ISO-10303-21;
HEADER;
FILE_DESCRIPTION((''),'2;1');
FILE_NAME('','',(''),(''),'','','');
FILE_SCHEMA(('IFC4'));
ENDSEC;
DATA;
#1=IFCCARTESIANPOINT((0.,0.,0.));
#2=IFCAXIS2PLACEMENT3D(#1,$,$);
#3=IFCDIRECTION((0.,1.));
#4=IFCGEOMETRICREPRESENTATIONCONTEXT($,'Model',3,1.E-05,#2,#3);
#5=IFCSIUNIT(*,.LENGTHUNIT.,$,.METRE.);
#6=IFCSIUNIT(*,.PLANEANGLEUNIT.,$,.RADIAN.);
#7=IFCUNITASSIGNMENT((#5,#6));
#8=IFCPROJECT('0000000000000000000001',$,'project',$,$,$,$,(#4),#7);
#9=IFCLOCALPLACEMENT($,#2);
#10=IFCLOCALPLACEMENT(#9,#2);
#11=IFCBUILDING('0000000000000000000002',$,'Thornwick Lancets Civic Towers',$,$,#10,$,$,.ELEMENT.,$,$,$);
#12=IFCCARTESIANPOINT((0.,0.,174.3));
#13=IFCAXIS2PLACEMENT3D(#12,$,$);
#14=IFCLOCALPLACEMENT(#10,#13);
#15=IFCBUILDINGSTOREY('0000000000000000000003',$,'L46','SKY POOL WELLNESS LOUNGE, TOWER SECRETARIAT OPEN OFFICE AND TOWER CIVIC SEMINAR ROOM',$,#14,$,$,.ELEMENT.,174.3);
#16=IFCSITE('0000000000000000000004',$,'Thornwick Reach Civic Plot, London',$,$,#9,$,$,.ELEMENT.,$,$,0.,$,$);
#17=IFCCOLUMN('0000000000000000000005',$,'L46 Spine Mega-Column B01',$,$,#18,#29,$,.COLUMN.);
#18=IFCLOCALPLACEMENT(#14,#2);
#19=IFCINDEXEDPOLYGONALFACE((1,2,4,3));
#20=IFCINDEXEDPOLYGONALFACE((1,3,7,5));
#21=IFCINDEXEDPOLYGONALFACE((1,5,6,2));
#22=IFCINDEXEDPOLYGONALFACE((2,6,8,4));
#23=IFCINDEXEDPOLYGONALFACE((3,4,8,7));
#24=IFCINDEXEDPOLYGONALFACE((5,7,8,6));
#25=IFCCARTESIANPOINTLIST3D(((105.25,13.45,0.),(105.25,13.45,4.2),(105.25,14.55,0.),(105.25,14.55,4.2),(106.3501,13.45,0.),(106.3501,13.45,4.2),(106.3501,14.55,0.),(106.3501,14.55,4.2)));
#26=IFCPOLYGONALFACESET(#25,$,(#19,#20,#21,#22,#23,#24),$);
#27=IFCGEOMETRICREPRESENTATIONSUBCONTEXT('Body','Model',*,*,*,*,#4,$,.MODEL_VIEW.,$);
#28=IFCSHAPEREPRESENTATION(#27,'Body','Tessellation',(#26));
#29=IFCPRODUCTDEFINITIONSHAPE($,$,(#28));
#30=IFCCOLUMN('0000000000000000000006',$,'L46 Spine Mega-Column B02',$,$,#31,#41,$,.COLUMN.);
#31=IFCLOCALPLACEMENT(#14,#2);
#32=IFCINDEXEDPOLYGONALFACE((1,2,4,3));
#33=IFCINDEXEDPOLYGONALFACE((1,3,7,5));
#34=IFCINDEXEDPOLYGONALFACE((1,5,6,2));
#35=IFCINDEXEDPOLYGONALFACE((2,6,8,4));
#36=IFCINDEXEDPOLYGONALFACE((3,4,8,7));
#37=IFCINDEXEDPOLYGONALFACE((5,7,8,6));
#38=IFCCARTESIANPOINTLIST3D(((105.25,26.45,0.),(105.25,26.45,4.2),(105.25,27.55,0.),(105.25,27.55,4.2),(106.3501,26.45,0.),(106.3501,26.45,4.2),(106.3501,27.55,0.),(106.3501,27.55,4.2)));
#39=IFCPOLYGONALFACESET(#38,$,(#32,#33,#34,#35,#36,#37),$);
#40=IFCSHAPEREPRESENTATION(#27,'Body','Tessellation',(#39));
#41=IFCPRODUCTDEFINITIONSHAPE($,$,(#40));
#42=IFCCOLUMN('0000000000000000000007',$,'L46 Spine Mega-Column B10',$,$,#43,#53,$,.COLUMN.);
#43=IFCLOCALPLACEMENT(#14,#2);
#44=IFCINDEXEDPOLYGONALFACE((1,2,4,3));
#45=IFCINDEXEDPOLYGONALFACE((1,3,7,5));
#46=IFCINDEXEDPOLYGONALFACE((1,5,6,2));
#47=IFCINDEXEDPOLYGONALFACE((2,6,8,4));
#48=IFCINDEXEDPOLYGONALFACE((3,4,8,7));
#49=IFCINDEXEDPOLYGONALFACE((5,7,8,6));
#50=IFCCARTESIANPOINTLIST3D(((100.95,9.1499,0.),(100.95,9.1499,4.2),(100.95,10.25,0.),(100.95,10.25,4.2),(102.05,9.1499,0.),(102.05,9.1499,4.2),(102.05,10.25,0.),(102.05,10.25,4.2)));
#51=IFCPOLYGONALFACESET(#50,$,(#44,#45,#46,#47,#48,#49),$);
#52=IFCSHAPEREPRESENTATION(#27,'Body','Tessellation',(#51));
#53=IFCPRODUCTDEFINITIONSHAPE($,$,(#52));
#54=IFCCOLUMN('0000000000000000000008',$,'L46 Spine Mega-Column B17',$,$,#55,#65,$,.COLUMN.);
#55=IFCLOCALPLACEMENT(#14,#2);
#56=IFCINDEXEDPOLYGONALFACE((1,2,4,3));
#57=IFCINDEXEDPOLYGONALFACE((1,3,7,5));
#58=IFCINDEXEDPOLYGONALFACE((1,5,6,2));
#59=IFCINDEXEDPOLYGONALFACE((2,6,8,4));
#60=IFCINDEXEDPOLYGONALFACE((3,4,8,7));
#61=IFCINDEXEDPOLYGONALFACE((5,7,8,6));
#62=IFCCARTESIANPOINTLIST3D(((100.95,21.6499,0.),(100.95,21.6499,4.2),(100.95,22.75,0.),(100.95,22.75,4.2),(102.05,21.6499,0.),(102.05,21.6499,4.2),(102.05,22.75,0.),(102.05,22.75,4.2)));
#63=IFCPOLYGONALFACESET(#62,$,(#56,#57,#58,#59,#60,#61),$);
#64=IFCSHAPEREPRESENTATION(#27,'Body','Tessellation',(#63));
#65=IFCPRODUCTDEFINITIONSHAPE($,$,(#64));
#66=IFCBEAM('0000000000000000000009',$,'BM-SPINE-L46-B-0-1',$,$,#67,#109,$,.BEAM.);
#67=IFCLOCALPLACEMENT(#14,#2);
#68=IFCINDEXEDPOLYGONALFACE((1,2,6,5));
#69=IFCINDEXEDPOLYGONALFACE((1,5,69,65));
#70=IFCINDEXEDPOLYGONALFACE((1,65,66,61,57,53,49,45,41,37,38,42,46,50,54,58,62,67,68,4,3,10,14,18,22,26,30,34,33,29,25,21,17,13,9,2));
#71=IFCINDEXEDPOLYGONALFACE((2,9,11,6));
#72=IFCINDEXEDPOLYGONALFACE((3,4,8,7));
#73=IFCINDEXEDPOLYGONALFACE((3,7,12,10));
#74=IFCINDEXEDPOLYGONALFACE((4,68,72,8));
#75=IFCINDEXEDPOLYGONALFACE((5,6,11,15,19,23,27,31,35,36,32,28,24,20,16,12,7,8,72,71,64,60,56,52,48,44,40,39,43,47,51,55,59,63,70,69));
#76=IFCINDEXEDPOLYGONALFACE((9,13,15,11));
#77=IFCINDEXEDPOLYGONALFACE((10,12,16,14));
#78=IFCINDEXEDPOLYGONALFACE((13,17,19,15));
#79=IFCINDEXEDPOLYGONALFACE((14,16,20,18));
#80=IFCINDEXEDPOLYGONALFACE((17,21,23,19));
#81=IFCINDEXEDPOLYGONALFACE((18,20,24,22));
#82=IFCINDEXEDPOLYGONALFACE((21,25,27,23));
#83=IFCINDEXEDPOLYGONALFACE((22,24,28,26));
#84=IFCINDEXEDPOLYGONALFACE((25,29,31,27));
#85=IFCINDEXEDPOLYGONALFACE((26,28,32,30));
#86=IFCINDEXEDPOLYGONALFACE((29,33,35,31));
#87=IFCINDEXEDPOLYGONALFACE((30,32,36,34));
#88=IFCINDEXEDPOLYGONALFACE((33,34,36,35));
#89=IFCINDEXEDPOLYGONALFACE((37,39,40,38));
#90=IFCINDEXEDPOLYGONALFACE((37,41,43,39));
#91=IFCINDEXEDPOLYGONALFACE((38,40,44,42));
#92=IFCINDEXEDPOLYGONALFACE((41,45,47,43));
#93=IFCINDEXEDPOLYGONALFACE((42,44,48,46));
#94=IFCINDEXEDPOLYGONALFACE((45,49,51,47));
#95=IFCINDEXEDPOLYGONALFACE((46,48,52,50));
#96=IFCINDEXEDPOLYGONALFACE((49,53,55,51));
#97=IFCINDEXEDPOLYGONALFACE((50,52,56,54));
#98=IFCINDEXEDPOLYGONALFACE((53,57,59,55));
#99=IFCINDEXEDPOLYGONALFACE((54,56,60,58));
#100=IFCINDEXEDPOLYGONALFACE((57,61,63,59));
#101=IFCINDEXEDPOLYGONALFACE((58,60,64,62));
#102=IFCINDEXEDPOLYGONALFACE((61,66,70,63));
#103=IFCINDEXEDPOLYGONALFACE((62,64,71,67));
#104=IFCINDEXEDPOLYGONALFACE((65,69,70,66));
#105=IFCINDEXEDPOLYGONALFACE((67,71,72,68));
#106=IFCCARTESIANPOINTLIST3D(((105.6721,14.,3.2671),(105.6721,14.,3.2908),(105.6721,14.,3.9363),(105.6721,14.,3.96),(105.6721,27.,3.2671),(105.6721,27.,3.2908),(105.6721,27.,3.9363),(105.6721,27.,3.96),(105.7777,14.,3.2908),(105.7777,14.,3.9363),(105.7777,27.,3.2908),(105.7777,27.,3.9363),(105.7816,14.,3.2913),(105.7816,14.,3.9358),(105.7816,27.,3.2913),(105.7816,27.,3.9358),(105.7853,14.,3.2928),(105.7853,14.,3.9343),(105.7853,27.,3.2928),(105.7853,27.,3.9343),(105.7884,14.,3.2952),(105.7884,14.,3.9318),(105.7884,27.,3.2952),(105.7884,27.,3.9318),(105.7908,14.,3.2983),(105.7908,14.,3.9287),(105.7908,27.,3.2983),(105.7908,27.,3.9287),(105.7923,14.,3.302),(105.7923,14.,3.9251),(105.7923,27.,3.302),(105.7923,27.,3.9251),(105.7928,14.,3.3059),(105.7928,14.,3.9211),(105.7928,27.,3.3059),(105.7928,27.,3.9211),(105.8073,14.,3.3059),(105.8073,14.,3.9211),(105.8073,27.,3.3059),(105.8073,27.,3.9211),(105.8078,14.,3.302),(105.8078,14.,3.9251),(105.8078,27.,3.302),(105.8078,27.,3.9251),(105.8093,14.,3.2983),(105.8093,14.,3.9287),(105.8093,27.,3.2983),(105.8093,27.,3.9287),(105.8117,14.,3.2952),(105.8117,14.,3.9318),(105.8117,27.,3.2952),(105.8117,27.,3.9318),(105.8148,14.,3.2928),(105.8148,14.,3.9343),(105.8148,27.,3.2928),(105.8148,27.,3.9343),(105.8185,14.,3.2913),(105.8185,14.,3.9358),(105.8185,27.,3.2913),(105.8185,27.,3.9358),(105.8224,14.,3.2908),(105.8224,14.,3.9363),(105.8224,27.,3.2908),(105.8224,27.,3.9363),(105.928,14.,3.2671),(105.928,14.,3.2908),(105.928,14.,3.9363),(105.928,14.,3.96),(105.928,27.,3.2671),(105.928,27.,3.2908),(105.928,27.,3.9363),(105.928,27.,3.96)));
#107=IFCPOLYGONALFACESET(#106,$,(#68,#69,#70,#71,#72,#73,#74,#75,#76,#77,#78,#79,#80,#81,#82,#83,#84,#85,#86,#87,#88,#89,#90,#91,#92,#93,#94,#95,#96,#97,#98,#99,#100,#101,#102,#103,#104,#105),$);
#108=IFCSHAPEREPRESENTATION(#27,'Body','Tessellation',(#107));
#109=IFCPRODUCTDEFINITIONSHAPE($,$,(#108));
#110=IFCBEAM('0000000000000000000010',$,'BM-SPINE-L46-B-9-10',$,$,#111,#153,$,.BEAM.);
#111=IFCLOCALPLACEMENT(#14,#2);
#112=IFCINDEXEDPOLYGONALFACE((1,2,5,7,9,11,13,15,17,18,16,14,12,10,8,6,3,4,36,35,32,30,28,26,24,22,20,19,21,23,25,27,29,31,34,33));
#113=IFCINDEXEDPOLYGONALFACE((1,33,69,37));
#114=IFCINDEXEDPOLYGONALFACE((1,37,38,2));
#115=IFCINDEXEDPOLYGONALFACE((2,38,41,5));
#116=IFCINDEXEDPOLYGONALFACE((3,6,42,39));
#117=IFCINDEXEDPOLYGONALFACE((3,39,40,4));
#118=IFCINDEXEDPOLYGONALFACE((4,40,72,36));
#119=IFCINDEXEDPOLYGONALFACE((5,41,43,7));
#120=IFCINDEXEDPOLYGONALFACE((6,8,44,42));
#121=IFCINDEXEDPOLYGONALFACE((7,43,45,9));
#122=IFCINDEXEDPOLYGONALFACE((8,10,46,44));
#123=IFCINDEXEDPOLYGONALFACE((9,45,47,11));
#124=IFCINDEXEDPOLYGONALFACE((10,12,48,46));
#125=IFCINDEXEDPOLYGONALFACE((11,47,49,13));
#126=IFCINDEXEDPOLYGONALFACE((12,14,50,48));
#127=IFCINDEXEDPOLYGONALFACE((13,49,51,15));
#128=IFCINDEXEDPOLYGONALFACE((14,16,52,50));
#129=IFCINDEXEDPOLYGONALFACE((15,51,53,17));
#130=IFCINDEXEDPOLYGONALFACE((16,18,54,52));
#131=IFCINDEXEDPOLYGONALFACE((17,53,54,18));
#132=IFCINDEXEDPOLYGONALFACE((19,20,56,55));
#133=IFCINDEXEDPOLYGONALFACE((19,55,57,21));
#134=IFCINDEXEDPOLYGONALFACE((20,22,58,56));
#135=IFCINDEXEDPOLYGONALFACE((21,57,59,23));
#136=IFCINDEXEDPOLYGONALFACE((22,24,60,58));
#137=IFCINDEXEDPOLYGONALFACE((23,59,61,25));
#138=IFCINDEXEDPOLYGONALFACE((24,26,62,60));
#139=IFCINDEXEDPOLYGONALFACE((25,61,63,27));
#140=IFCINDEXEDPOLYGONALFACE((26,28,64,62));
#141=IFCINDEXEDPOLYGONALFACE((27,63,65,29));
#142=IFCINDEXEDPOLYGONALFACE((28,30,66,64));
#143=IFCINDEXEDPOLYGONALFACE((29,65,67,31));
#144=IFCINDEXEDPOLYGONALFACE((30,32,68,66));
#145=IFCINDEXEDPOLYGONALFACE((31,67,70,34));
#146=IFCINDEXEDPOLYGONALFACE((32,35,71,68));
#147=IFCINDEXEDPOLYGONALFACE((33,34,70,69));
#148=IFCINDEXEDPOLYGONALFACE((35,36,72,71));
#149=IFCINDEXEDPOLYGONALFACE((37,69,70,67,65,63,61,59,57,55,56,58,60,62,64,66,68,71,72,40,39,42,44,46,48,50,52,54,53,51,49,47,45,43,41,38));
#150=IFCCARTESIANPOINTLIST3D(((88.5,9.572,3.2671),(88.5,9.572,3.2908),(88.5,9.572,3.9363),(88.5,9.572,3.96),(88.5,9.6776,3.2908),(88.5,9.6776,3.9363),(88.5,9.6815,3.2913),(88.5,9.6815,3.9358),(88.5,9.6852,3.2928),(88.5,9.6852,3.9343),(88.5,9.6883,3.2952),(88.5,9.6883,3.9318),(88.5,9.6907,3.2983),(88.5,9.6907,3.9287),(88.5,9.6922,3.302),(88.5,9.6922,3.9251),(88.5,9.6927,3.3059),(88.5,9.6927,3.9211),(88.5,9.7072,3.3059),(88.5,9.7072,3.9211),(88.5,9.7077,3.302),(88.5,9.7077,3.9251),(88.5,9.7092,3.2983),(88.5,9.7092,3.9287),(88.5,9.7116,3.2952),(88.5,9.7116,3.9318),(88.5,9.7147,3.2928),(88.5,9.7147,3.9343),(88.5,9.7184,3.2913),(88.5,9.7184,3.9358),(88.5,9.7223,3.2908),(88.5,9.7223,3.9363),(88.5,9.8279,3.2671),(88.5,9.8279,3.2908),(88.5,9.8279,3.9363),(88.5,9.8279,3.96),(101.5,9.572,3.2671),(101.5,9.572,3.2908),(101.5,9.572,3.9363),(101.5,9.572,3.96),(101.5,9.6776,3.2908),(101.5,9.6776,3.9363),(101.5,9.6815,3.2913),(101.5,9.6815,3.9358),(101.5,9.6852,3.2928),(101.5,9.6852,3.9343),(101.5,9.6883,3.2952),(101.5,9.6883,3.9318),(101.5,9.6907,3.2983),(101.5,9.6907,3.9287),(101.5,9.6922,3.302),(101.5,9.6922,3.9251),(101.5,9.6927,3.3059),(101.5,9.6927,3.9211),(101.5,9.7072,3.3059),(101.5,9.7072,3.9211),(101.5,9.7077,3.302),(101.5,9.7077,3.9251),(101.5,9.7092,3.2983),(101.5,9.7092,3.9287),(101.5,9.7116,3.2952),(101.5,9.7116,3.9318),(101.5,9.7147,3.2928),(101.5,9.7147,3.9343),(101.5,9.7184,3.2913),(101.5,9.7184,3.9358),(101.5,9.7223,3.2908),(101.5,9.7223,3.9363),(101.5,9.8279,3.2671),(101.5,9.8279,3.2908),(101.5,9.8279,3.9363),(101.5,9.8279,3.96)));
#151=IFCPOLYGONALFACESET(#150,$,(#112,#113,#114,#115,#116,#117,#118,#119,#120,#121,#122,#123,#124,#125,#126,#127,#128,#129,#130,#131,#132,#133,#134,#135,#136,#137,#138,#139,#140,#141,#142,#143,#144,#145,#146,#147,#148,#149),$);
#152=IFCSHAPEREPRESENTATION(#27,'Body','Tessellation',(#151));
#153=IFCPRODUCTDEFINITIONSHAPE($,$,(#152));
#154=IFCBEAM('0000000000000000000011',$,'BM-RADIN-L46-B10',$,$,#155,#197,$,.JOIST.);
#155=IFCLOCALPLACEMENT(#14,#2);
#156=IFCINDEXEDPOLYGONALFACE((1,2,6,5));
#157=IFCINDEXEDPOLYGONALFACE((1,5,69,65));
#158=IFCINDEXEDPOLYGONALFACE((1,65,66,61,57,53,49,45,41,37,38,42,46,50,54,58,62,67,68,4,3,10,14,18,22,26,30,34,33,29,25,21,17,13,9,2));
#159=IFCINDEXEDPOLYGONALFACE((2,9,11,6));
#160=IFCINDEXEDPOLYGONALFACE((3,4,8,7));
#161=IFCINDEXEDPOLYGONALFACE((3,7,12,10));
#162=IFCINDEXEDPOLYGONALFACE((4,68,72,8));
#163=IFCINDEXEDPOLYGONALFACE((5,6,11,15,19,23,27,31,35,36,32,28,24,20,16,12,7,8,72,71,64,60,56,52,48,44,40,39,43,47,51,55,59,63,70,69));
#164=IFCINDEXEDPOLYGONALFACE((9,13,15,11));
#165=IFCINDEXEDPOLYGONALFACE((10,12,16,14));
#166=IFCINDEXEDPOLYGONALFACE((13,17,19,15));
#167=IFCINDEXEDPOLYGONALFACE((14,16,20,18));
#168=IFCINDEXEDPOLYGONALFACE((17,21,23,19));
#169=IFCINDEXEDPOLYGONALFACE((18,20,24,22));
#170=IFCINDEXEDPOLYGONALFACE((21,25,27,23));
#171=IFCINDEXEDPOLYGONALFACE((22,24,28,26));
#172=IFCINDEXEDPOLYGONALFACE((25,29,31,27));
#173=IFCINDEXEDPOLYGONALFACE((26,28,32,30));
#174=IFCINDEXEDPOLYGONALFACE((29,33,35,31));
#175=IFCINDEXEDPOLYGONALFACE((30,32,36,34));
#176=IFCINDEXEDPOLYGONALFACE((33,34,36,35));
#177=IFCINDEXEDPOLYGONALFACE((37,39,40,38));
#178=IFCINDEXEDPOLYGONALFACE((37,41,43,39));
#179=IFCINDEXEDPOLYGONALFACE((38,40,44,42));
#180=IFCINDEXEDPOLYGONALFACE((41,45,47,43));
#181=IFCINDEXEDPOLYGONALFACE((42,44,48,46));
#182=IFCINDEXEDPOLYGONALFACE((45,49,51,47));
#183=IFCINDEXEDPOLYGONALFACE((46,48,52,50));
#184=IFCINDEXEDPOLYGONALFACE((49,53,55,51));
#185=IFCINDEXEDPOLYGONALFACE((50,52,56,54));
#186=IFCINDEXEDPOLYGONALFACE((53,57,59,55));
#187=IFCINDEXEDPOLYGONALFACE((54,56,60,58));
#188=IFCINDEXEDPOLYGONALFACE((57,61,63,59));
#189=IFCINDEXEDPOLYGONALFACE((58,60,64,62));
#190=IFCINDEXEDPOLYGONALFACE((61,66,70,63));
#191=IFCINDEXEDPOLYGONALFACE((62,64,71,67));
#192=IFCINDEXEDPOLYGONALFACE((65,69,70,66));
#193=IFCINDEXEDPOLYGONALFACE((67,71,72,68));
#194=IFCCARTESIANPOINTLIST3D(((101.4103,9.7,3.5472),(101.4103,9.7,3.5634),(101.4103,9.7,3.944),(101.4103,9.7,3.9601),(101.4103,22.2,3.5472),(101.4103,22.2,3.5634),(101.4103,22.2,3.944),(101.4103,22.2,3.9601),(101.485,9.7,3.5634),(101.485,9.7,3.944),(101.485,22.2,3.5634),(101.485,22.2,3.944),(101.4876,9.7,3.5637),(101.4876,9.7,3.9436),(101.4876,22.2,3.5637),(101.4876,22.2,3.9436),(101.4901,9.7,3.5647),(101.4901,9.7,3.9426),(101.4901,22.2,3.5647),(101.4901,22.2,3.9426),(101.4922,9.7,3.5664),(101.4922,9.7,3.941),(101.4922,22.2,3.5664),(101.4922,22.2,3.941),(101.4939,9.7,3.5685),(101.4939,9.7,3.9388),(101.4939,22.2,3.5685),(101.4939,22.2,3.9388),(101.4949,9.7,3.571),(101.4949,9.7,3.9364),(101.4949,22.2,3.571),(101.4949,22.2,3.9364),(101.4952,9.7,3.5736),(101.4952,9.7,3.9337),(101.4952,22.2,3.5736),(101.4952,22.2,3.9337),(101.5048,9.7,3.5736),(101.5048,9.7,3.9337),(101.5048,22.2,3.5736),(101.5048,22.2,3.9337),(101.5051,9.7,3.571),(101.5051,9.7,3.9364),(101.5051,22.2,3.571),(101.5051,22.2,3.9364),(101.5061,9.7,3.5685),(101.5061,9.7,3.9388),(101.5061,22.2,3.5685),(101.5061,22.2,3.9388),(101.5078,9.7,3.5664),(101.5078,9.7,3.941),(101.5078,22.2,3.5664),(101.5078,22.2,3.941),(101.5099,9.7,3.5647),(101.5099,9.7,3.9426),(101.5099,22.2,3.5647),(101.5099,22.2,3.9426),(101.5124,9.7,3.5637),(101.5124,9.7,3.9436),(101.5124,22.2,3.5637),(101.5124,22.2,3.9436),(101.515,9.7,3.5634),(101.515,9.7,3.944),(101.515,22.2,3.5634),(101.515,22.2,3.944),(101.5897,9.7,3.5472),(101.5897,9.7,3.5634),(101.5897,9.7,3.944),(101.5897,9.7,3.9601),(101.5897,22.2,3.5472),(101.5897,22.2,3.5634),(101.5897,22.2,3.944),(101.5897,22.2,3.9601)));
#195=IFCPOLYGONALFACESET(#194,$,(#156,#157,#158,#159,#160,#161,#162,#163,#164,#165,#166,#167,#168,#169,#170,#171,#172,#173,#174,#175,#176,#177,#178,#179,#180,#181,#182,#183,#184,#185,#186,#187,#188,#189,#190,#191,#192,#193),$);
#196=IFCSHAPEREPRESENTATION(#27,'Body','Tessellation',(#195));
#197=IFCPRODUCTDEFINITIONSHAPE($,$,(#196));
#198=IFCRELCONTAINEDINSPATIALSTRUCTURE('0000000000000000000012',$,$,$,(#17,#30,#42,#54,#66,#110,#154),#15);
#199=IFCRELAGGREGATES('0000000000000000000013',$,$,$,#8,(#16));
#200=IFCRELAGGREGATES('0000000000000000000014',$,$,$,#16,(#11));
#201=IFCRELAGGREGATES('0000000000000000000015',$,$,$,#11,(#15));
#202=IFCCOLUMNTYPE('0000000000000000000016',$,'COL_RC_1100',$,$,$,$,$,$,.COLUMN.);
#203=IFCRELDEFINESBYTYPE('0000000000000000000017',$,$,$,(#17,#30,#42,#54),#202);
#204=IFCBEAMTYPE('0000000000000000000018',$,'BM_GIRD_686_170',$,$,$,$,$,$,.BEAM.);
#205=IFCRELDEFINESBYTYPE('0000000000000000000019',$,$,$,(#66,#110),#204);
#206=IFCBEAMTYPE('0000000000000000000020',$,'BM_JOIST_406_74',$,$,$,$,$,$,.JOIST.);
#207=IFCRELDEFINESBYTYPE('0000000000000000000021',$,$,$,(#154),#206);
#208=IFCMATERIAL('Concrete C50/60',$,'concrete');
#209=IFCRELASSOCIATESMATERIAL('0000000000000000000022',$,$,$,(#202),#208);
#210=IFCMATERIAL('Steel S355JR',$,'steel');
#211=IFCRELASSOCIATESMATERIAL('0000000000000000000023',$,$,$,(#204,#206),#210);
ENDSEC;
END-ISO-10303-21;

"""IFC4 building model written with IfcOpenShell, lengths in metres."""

from ifc_helpers import new_model, si_unit, direction, frame, origin, origin_2d, place, context, subcontext, project, spatial, rectangle, i_section, extrude, material, material_profile, profile_set, type_object, element, save


model = new_model("IFC4")

# Units and contexts
model_context = context("Model", 3, precision=1e-05, world=origin(), true_north=direction((0.0, 1.0)))
body_context = subcontext(model_context, "Body", "Model", "MODEL_VIEW")
ifc_project = project(units=[si_unit("LENGTHUNIT", "METRE"), si_unit("PLANEANGLEUNIT", "RADIAN")], contexts=[model_context])

# Site, building, storey
site_placement = place(None, origin())
site = spatial("IfcSite", under=ifc_project, at=site_placement, Name="Thornwick Reach Civic Plot, London", CompositionType="ELEMENT", RefElevation=0.0)
building_placement = place(site_placement, origin())
building = spatial("IfcBuilding", under=site, at=building_placement, Name="Thornwick Lancets Civic Towers", CompositionType="ELEMENT")
storey_placement = place(building_placement, frame((0.0, 0.0, 174.3)))
storey = spatial("IfcBuildingStorey", under=building, at=storey_placement, Name="L46", Description="SKY POOL WELLNESS LOUNGE, TOWER SECRETARIAT OPEN OFFICE AND TOWER CIVIC SEMINAR ROOM", CompositionType="ELEMENT", Elevation=174.3)

# Columns
ifc_material_1 = material(Name="Concrete C50/60", Category="concrete")
ifc_material_profile_1 = material_profile(ifc_material_1, rectangle(XDim=1.1001, YDim=1.1001, at=origin_2d()), Name="RC 1100x1100")
ifc_profile_set_1 = profile_set([ifc_material_profile_1], Name="Concrete C50/60")
column_type = type_object("IfcColumnType", Name="COL_RC_1100", PredefinedType="COLUMN", material=ifc_profile_set_1)
for number, where, z_axis, x_axis, name in (
    (1, (105.8, 14.0, 0.0), (0.0, 0.0, 1.0), (1.0, 0.0, 0.0), "L46 Spine Mega-Column B01"),
    (2, (105.8, 27.0, 0.0), (0.0, 0.0, 1.0), (1.0, 0.0, 0.0), "L46 Spine Mega-Column B02"),
    (3, (101.5, 9.7, 0.0), (0.0, 0.0, 1.0), (1.0, 0.0, 0.0), "L46 Spine Mega-Column B10"),
    (4, (101.5, 22.2, 0.0), (0.0, 0.0, 1.0), (1.0, 0.0, 0.0), "L46 Spine Mega-Column B17"),
):
    element("IfcColumn", number, at=place(storey_placement, frame(where, z_axis=z_axis, x_axis=x_axis)), inside=storey, type_object=column_type, Name=name, PredefinedType="COLUMN", context=body_context, shape_type="SweptSolid", body=[
        extrude(rectangle(XDim=1.1001, YDim=1.1001, at=origin_2d()), origin(), (0.0, 0.0, 1.0), 4.2),
    ])

# Beams
ifc_material_2 = material(Name="Steel S355JR", Category="steel")
ifc_material_profile_2 = material_profile(ifc_material_2, i_section(OverallWidth=0.2559, OverallDepth=0.6929, WebThickness=0.0144, FlangeThickness=0.0237, FilletRadius=0.0151, at=origin_2d()), Name="UKB 686x254x170")
ifc_profile_set_2 = profile_set([ifc_material_profile_2], Name="Steel S355JR")
beam_type_1 = type_object("IfcBeamType", Name="BM_GIRD_686_170", PredefinedType="BEAM", material=ifc_profile_set_2)
for number, where, z_axis, x_axis, name in (
    (5, (105.8, 14.0, 3.6135), (0.0, 1.0, 0.0), (-1.0, 0.0, 0.0), "BM-SPINE-L46-B-0-1"),
    (6, (101.5, 9.7, 3.6135), (-1.0, 0.0, 0.0), (0.0, -1.0, 0.0), "BM-SPINE-L46-B-9-10"),
):
    element("IfcBeam", number, at=place(storey_placement, frame(where, z_axis=z_axis, x_axis=x_axis)), inside=storey, type_object=beam_type_1, Name=name, PredefinedType="BEAM", context=body_context, shape_type="SweptSolid", body=[
        extrude(i_section(OverallWidth=0.2559, OverallDepth=0.6929, WebThickness=0.0144, FlangeThickness=0.0237, FilletRadius=0.0151, at=origin_2d()), origin(), (0.0, 0.0, 1.0), 13.0),
    ])
ifc_material_profile_3 = material_profile(ifc_material_2, i_section(OverallWidth=0.1794, OverallDepth=0.4128, WebThickness=0.0095, FlangeThickness=0.0161, FilletRadius=0.0103, at=origin_2d()), Name="UKB 406x178x74")
ifc_profile_set_3 = profile_set([ifc_material_profile_3], Name="Steel S355JR")
beam_type_2 = type_object("IfcBeamType", Name="BM_JOIST_406_74", PredefinedType="JOIST", material=ifc_profile_set_3)
beam_1_placement = place(storey_placement, frame((101.5, 22.2, 3.7537), z_axis=(0.0, -1.0, 0.0), x_axis=(1.0, 0.0, 0.0)))
element("IfcBeam", 7, at=beam_1_placement, inside=storey, type_object=beam_type_2, Name="BM-RADIN-L46-B10", PredefinedType="JOIST", context=body_context, shape_type="SweptSolid", body=[
    extrude(i_section(OverallWidth=0.1794, OverallDepth=0.4128, WebThickness=0.0095, FlangeThickness=0.0161, FilletRadius=0.0103, at=origin_2d()), origin(), (0.0, 0.0, 1.0), 12.5),
])

save(model, "model.ifc")
